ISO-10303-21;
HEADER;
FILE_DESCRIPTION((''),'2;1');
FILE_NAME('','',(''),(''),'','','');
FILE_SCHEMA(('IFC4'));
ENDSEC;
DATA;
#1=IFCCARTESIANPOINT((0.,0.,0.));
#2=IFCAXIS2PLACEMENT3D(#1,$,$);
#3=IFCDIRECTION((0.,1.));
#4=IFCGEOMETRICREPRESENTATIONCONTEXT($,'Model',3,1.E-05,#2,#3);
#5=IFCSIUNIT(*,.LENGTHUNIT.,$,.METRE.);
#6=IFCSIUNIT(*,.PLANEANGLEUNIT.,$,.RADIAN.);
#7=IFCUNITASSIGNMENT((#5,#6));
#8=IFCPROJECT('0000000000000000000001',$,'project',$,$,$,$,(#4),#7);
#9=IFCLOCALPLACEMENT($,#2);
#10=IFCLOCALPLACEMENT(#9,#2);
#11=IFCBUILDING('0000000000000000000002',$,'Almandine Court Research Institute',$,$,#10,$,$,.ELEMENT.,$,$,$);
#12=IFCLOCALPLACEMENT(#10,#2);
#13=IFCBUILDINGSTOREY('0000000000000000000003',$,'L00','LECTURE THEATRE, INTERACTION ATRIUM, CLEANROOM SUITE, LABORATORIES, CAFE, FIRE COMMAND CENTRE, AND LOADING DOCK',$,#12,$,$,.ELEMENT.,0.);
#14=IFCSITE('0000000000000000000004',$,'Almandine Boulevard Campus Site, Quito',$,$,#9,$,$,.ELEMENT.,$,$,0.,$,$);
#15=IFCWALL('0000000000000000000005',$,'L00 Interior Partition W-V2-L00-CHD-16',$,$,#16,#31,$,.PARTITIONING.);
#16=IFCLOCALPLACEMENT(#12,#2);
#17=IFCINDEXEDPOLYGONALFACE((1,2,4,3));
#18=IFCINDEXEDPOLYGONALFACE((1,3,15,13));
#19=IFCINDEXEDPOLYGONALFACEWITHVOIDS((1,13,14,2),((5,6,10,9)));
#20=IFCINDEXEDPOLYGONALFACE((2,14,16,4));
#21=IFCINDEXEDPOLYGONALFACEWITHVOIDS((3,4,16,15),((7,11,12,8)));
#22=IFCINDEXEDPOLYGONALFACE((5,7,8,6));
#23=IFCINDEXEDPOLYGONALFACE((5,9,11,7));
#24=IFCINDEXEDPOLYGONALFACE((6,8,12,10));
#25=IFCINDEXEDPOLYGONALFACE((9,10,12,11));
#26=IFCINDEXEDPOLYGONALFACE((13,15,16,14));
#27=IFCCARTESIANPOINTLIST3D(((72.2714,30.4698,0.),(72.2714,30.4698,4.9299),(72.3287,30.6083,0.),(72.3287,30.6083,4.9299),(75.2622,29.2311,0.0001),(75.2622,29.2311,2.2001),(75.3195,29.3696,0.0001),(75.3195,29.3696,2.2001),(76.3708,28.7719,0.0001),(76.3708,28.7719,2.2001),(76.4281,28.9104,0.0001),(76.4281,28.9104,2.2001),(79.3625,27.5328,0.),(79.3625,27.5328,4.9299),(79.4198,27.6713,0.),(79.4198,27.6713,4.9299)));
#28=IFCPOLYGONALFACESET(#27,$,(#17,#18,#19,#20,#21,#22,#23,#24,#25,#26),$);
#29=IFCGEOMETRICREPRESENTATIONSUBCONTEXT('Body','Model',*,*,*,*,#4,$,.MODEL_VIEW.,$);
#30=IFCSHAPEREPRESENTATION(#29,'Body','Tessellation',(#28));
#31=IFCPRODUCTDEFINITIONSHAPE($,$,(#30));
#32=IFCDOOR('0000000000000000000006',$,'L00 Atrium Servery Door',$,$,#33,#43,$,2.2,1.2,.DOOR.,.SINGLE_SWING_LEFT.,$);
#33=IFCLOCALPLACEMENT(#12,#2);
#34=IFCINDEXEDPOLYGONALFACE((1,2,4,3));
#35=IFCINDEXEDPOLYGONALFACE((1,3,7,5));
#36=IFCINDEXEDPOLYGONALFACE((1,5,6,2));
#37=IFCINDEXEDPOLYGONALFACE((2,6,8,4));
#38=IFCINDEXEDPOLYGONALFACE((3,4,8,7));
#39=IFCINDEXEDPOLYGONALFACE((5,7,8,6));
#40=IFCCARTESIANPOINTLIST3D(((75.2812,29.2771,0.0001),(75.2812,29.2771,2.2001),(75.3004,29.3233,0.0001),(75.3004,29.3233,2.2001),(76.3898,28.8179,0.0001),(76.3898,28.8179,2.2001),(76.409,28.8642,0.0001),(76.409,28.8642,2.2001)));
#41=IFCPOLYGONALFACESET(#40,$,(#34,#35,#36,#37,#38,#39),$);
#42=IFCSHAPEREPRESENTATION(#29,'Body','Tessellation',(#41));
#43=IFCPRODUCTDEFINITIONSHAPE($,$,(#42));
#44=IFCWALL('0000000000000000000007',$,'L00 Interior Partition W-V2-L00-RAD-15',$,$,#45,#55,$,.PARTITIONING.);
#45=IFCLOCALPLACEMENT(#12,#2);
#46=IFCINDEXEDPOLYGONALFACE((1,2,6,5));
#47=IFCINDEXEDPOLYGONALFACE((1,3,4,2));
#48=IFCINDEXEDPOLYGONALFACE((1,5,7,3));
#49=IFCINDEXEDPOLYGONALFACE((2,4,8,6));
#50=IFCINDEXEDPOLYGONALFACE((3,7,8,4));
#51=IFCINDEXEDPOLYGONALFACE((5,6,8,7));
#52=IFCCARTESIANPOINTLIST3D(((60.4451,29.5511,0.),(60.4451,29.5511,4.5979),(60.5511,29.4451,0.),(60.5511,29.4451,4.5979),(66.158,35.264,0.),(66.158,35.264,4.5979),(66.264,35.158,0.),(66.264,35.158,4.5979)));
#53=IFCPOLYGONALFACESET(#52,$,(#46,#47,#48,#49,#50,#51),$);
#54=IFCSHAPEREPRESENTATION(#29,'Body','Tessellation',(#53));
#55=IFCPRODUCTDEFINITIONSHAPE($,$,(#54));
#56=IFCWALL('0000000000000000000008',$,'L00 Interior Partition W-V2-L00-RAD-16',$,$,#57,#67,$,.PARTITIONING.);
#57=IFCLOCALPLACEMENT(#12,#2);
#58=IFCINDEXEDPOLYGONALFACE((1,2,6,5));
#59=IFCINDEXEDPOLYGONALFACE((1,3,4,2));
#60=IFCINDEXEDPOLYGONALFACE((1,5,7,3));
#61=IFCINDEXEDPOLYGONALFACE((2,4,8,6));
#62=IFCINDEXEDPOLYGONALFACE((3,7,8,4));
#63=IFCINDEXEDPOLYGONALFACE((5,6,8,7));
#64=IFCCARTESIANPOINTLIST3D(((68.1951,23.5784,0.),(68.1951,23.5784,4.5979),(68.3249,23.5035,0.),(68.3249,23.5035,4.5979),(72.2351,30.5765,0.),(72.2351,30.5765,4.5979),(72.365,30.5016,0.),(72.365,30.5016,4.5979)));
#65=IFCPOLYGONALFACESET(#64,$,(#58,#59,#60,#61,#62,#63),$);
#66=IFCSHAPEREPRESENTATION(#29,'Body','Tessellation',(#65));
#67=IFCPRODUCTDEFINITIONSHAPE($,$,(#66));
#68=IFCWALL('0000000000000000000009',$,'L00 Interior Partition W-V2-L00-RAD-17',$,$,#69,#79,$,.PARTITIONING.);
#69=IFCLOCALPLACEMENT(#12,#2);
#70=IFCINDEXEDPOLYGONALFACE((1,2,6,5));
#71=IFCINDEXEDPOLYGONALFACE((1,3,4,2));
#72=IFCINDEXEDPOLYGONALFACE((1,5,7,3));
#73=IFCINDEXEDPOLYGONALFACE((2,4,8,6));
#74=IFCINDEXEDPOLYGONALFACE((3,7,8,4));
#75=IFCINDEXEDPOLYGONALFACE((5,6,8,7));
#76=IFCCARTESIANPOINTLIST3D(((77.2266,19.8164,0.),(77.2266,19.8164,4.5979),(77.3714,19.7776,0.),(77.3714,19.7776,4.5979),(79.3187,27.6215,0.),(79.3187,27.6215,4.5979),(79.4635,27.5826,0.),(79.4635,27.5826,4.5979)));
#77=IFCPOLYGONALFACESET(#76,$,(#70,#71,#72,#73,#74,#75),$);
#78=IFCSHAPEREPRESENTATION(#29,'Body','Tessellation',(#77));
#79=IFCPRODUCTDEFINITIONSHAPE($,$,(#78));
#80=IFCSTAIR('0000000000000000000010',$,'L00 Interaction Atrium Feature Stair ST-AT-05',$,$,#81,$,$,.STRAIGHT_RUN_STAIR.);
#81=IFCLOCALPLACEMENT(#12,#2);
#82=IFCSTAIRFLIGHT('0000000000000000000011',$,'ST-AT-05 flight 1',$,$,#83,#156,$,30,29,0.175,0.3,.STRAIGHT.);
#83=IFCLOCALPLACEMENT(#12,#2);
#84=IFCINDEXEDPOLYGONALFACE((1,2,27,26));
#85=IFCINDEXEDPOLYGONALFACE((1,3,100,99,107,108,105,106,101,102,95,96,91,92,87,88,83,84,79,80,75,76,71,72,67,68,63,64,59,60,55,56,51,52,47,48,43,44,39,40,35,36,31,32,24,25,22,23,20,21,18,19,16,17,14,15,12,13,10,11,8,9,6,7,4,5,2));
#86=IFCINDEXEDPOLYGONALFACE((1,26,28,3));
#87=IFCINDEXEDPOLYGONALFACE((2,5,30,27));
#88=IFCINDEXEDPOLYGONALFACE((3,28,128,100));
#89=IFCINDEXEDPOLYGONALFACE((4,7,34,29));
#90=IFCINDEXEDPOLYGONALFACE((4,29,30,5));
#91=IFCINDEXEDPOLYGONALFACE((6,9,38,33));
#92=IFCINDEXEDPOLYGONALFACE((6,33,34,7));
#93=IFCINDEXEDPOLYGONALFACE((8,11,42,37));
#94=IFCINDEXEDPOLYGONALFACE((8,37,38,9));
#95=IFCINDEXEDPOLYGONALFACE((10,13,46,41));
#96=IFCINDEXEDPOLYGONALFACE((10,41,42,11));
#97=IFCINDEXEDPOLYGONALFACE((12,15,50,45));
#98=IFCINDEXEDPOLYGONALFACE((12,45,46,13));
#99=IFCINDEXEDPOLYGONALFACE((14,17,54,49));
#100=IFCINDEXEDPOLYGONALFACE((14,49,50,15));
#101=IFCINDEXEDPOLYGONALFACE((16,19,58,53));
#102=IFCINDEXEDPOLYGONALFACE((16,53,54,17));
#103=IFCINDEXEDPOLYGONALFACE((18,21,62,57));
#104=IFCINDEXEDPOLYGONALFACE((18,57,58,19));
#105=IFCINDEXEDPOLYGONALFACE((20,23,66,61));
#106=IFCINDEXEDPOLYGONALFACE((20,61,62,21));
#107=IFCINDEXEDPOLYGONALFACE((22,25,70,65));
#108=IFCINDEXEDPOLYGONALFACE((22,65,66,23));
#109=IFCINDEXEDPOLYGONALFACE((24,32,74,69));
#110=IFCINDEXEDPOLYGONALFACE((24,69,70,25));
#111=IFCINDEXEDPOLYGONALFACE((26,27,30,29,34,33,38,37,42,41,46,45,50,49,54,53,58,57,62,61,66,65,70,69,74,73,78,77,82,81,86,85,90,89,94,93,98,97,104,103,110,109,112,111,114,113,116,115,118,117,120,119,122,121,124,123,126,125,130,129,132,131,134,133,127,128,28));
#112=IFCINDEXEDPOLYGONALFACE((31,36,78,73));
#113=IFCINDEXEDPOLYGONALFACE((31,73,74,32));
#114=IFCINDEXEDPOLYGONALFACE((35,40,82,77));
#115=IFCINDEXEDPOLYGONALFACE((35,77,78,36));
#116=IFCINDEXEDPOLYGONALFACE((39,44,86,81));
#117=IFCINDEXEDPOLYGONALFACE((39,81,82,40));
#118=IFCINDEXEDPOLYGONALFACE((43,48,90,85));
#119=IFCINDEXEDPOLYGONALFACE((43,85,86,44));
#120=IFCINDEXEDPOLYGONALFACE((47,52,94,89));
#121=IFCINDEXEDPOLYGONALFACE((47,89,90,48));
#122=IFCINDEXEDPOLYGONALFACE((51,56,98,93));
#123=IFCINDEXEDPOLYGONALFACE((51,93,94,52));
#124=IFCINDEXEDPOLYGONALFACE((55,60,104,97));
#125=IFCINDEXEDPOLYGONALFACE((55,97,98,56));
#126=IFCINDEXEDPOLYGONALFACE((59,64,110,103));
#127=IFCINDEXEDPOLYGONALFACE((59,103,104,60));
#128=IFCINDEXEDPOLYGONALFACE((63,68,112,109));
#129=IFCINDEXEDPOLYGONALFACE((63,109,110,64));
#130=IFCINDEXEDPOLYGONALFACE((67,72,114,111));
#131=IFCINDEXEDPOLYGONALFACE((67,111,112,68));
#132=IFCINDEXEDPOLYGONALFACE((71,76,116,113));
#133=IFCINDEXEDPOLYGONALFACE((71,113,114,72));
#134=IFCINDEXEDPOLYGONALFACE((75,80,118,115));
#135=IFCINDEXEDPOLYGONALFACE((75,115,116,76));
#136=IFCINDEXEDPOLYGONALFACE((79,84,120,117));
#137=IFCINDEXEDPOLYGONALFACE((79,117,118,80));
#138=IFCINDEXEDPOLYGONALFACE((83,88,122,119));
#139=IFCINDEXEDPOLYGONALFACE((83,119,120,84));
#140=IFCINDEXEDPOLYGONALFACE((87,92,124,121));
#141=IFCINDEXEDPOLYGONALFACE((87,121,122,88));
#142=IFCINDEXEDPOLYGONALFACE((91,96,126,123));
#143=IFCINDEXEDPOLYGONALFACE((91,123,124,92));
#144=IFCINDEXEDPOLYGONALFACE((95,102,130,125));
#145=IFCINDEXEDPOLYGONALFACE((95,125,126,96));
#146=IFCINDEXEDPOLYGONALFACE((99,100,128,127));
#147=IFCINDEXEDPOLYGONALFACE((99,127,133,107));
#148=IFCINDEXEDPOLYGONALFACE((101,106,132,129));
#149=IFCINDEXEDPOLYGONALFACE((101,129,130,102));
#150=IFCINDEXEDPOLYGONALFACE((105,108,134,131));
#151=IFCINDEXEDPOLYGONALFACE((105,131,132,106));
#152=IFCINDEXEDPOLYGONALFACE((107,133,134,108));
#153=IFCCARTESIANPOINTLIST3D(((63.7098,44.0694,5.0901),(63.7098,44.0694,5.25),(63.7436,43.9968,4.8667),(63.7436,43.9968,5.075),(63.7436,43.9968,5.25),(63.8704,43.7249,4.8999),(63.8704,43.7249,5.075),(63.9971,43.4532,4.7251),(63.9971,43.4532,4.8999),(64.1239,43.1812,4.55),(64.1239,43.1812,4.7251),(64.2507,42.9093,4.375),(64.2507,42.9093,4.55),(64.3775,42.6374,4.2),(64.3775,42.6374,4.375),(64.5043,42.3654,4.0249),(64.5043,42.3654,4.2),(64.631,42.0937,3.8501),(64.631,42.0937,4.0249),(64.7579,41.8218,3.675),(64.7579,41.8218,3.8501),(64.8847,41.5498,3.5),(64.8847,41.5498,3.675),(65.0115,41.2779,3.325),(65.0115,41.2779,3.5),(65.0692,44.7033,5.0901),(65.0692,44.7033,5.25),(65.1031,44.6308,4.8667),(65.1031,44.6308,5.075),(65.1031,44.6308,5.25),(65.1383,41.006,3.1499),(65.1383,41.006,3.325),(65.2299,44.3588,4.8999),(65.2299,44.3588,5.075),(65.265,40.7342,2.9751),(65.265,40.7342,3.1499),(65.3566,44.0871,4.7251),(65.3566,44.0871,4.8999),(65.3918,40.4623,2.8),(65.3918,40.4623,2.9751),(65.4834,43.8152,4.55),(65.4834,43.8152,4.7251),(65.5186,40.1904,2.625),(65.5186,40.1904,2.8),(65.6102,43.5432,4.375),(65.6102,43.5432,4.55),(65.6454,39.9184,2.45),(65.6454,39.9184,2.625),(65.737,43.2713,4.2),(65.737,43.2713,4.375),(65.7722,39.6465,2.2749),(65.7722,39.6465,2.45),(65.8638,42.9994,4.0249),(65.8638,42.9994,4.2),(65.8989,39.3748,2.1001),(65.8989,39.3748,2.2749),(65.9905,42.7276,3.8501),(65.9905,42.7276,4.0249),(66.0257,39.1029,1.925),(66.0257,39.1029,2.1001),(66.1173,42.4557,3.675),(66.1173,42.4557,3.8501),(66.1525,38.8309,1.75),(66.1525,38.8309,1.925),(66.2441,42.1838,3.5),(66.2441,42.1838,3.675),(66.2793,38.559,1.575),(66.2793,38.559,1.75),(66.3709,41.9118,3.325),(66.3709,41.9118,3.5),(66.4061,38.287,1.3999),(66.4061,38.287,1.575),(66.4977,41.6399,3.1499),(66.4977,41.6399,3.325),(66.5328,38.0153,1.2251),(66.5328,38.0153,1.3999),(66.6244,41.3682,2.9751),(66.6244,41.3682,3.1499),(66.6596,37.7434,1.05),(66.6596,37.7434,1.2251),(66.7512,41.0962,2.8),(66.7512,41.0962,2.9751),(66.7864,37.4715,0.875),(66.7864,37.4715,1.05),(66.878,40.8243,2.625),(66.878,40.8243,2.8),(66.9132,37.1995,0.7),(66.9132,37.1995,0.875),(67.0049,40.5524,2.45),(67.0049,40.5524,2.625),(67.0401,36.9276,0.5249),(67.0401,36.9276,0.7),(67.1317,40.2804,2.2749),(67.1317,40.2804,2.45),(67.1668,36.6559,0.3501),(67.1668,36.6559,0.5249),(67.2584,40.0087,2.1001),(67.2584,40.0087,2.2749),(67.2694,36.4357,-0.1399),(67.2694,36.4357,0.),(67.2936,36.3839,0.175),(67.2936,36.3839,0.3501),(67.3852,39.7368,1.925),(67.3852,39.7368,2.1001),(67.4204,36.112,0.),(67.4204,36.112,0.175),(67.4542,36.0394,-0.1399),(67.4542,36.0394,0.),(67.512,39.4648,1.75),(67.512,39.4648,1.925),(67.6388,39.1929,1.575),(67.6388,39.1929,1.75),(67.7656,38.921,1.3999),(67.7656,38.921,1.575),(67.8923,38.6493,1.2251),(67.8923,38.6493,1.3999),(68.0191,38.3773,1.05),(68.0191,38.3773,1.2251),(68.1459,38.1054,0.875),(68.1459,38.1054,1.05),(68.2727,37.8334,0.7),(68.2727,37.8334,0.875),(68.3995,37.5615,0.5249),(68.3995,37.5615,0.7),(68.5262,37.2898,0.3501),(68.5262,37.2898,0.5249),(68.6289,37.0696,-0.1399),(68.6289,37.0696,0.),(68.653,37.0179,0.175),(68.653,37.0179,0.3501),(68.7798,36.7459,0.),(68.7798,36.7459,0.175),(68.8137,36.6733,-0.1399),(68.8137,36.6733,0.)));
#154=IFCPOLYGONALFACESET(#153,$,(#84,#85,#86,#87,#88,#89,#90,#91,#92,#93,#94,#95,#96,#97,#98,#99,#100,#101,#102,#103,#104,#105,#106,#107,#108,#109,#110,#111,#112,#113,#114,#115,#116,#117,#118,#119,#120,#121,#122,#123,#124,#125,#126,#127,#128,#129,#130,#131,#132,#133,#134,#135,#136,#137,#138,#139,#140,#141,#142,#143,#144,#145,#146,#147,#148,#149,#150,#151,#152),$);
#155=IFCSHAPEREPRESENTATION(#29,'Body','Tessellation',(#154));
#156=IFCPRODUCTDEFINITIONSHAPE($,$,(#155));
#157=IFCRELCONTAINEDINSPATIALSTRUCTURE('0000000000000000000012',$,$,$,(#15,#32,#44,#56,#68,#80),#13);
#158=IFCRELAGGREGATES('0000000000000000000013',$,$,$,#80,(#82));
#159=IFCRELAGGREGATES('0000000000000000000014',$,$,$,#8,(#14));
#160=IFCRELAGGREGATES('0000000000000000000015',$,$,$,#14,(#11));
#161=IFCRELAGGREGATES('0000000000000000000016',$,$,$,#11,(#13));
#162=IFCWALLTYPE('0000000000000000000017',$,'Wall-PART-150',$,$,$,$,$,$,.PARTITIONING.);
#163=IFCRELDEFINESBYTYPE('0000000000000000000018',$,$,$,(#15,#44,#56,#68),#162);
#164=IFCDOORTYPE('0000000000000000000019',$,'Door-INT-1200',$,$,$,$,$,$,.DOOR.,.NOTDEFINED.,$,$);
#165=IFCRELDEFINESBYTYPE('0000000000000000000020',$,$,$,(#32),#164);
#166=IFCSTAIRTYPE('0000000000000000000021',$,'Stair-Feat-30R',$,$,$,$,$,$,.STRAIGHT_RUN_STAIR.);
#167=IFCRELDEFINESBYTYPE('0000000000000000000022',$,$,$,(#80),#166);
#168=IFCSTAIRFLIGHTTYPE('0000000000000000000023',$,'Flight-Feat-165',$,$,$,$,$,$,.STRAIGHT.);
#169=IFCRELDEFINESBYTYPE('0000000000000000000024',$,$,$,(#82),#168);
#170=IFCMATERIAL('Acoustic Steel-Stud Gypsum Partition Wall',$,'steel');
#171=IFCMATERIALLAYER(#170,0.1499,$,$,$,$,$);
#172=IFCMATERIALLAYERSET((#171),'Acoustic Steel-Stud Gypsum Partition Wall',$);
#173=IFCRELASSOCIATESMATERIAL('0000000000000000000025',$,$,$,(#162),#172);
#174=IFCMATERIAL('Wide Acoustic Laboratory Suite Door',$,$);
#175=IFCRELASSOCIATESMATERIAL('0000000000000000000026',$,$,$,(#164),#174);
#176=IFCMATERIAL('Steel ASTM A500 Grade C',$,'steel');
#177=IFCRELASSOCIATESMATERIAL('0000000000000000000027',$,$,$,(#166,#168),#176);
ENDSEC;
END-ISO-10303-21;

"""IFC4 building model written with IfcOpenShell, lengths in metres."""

from ifc_helpers import new_model, si_unit, direction, frame, frame_2d, origin, place, context, subcontext, project, spatial, polyline, rectangle, outline, extrude, material, layer, layer_set, type_object, element, fill, aggregate, save


model = new_model("IFC4")

# Units and contexts
model_context = context("Model", 3, precision=1e-05, world=origin(), true_north=direction((0.0, 1.0)))
body_context = subcontext(model_context, "Body", "Model", "MODEL_VIEW")
ifc_project = project(units=[si_unit("LENGTHUNIT", "METRE"), si_unit("PLANEANGLEUNIT", "RADIAN")], contexts=[model_context])

# Site, building, storey
site_placement = place(None, origin())
site = spatial("IfcSite", under=ifc_project, at=site_placement, Name="Almandine Boulevard Campus Site, Quito", CompositionType="ELEMENT", RefElevation=0.0)
building_placement = place(site_placement, origin())
building = spatial("IfcBuilding", under=site, at=building_placement, Name="Almandine Court Research Institute", CompositionType="ELEMENT")
storey_placement = place(building_placement, origin())
storey = spatial("IfcBuildingStorey", under=building, at=storey_placement, Name="L00", Description="LECTURE THEATRE, INTERACTION ATRIUM, CLEANROOM SUITE, LABORATORIES, CAFE, FIRE COMMAND CENTRE, AND LOADING DOCK", CompositionType="ELEMENT", Elevation=0.0)

# Wall, opening, door
ifc_material_1 = material(Name="Acoustic Steel-Stud Gypsum Partition Wall", Category="steel")
ifc_layer_1 = layer(ifc_material_1, 0.1499)
ifc_layer_set_1 = layer_set([ifc_layer_1], Name="Acoustic Steel-Stud Gypsum Partition Wall")
wall_type = type_object("IfcWallType", Name="Wall-PART-150", PredefinedType="PARTITIONING", material=ifc_layer_set_1)
ifc_material_2 = material(Name="Wide Acoustic Laboratory Suite Door")
door_type = type_object("IfcDoorType", Name="Door-INT-1200", OperationType="NOTDEFINED", PredefinedType="DOOR", material=ifc_material_2)
wall_1_placement = place(storey_placement, frame((72.3, 30.5391, 0.0), z_axis=(0.0, 0.0, 1.0), x_axis=(0.923889, -0.382661, 0.0)))
wall_1 = element("IfcWall", 1, at=wall_1_placement, inside=storey, type_object=wall_type, Name="L00 Interior Partition W-V2-L00-CHD-16", PredefinedType="PARTITIONING", context=body_context, shape_type="SweptSolid", body=[
    extrude(rectangle(XDim=7.6753, YDim=0.1499, at=frame_2d((3.8376, 0.0))), origin(), (0.0, 0.0, 1.0), 4.9299),
])
opening_1_placement = place(wall_1_placement, frame((3.2371, 0.0, 0.0)))
opening_1 = element("IfcOpeningElement", 2, at=opening_1_placement, cuts=wall_1, PredefinedType="OPENING", context=body_context, shape_type="SweptSolid", body=[
    extrude(rectangle(XDim=1.2, YDim=2.2, at=frame_2d((0.6001, 1.1001))), frame((0.0, 0.085, 0.0), z_axis=(0.0, -1.0, 0.0), x_axis=(1.0, 0.0, 0.0)), (0.0, 0.0, 1.0), 0.1699),
])
door_1_placement = place(opening_1_placement, origin())
door_1 = element("IfcDoor", 3, at=door_1_placement, inside=storey, type_object=door_type, Name="L00 Atrium Servery Door", OperationType="SINGLE_SWING_LEFT", OverallHeight=2.2, OverallWidth=1.2, PredefinedType="DOOR", context=body_context, shape_type="SweptSolid", body=[
    extrude(rectangle(XDim=1.2, YDim=2.2, at=frame_2d((0.6001, 1.1001))), frame((0.0, 0.0249, 0.0), z_axis=(0.0, -1.0, 0.0), x_axis=(1.0, 0.0, 0.0)), (0.0, 0.0, 1.0), 0.05),
])
fill(opening_1, door_1)

# Walls
wall_2_placement = place(storey_placement, frame((66.2109, 35.2109, 0.0), z_axis=(0.0, 0.0, 1.0), x_axis=(-0.707107, -0.707107, 0.0)))
element("IfcWall", 4, at=wall_2_placement, inside=storey, type_object=wall_type, Name="L00 Interior Partition W-V2-L00-RAD-15", PredefinedType="PARTITIONING", context=body_context, shape_type="SweptSolid", body=[
    extrude(rectangle(XDim=8.0793, YDim=0.1499, at=frame_2d((4.0396, 0.0))), origin(), (0.0, 0.0, 1.0), 4.5979),
])
for number, where, z_axis, x_axis, name in (
    (5, (72.3, 30.5391, 0.0), (0.0, 0.0, 1.0), (-0.499974, -0.866041, 0.0), "L00 Interior Partition W-V2-L00-RAD-16"),
    (6, (79.3911, 27.6021, 0.0), (0.0, 0.0, 1.0), (-0.258902, -0.965904, 0.0), "L00 Interior Partition W-V2-L00-RAD-17"),
):
    element("IfcWall", number, at=place(storey_placement, frame(where, z_axis=z_axis, x_axis=x_axis)), inside=storey, type_object=wall_type, Name=name, PredefinedType="PARTITIONING", context=body_context, shape_type="SweptSolid", body=[
        extrude(rectangle(XDim=8.0806, YDim=0.1499, at=frame_2d((4.0403, 0.0))), origin(), (0.0, 0.0, 1.0), 4.5979),
    ])

# Stair, stair flight
ifc_material_3 = material(Name="Steel ASTM A500 Grade C", Category="steel")
stair_type = type_object("IfcStairType", Name="Stair-Feat-30R", PredefinedType="STRAIGHT_RUN_STAIR", material=ifc_material_3)
stair_placement = place(storey_placement, origin())
stair = element("IfcStair", 7, at=stair_placement, inside=storey, type_object=stair_type, Name="L00 Interaction Atrium Feature Stair ST-AT-05", PredefinedType="STRAIGHT_RUN_STAIR")
stair_flight_type = type_object("IfcStairFlightType", Name="Flight-Feat-165", PredefinedType="STRAIGHT", material=ifc_material_3)
stair_flight_placement = place(storey_placement, frame((68.1001, 36.429, 0.0), z_axis=(0.0, 0.0, 1.0), x_axis=(-0.422618, 0.906308, 0.0)))
stair_flight = element("IfcStairFlight", 8, at=stair_flight_placement, type_object=stair_flight_type, Name="ST-AT-05 flight 1", NumberOfRisers=30, NumberOfTreads=29, PredefinedType="STRAIGHT", RiserHeight=0.175, TreadLength=0.3, context=body_context, shape_type="SweptSolid", body=[
    extrude(outline(polyline([(-0.0801, -0.1399), (-0.0801, 0.0), (0.0, 0.0), (0.0, 0.175), (0.3, 0.175), (0.3, 0.3501), (0.6001, 0.3501), (0.6001, 0.5249), (0.8999, 0.5249), (0.8999, 0.7), (1.2, 0.7), (1.2, 0.875), (1.5, 0.875), (1.5, 1.05), (1.8, 1.05), (1.8, 1.2251), (2.1001, 1.2251), (2.1001, 1.3999), (2.3999, 1.3999), (2.3999, 1.575), (2.7, 1.575), (2.7, 1.75), (3.0, 1.75), (3.0, 1.925), (3.3, 1.925), (3.3, 2.1001), (3.6001, 2.1001), (3.6001, 2.2749), (3.8999, 2.2749), (3.8999, 2.45), (4.2, 2.45), (4.2, 2.625), (4.5, 2.625), (4.5, 2.8), (4.8, 2.8), (4.8, 2.9751), (5.1001, 2.9751), (5.1001, 3.1499), (5.3999, 3.1499), (5.3999, 3.325), (5.7, 3.325), (5.7, 3.5), (6.0, 3.5), (6.0, 3.675), (6.3, 3.675), (6.3, 3.8501), (6.6001, 3.8501), (6.6001, 4.0249), (6.8999, 4.0249), (6.8999, 4.2), (7.2, 4.2), (7.2, 4.375), (7.5, 4.375), (7.5, 4.55), (7.8, 4.55), (7.8, 4.7251), (8.1001, 4.7251), (8.1001, 4.8999), (8.3999, 4.8999), (8.3999, 5.075), (8.7, 5.075), (8.7, 5.25), (8.78, 5.25), (8.78, 5.0901), (8.7, 4.8667), (0.3572, 0.0), (0.3572, -0.1399), (-0.0801, -0.1399)])), frame((0.0, 0.75, 0.0), z_axis=(0.0, -1.0, 0.0), x_axis=(1.0, 0.0, 0.0)), (0.0, 0.0, 1.0), 1.5),
])
aggregate(stair, [stair_flight])

save(model, "model.ifc")
